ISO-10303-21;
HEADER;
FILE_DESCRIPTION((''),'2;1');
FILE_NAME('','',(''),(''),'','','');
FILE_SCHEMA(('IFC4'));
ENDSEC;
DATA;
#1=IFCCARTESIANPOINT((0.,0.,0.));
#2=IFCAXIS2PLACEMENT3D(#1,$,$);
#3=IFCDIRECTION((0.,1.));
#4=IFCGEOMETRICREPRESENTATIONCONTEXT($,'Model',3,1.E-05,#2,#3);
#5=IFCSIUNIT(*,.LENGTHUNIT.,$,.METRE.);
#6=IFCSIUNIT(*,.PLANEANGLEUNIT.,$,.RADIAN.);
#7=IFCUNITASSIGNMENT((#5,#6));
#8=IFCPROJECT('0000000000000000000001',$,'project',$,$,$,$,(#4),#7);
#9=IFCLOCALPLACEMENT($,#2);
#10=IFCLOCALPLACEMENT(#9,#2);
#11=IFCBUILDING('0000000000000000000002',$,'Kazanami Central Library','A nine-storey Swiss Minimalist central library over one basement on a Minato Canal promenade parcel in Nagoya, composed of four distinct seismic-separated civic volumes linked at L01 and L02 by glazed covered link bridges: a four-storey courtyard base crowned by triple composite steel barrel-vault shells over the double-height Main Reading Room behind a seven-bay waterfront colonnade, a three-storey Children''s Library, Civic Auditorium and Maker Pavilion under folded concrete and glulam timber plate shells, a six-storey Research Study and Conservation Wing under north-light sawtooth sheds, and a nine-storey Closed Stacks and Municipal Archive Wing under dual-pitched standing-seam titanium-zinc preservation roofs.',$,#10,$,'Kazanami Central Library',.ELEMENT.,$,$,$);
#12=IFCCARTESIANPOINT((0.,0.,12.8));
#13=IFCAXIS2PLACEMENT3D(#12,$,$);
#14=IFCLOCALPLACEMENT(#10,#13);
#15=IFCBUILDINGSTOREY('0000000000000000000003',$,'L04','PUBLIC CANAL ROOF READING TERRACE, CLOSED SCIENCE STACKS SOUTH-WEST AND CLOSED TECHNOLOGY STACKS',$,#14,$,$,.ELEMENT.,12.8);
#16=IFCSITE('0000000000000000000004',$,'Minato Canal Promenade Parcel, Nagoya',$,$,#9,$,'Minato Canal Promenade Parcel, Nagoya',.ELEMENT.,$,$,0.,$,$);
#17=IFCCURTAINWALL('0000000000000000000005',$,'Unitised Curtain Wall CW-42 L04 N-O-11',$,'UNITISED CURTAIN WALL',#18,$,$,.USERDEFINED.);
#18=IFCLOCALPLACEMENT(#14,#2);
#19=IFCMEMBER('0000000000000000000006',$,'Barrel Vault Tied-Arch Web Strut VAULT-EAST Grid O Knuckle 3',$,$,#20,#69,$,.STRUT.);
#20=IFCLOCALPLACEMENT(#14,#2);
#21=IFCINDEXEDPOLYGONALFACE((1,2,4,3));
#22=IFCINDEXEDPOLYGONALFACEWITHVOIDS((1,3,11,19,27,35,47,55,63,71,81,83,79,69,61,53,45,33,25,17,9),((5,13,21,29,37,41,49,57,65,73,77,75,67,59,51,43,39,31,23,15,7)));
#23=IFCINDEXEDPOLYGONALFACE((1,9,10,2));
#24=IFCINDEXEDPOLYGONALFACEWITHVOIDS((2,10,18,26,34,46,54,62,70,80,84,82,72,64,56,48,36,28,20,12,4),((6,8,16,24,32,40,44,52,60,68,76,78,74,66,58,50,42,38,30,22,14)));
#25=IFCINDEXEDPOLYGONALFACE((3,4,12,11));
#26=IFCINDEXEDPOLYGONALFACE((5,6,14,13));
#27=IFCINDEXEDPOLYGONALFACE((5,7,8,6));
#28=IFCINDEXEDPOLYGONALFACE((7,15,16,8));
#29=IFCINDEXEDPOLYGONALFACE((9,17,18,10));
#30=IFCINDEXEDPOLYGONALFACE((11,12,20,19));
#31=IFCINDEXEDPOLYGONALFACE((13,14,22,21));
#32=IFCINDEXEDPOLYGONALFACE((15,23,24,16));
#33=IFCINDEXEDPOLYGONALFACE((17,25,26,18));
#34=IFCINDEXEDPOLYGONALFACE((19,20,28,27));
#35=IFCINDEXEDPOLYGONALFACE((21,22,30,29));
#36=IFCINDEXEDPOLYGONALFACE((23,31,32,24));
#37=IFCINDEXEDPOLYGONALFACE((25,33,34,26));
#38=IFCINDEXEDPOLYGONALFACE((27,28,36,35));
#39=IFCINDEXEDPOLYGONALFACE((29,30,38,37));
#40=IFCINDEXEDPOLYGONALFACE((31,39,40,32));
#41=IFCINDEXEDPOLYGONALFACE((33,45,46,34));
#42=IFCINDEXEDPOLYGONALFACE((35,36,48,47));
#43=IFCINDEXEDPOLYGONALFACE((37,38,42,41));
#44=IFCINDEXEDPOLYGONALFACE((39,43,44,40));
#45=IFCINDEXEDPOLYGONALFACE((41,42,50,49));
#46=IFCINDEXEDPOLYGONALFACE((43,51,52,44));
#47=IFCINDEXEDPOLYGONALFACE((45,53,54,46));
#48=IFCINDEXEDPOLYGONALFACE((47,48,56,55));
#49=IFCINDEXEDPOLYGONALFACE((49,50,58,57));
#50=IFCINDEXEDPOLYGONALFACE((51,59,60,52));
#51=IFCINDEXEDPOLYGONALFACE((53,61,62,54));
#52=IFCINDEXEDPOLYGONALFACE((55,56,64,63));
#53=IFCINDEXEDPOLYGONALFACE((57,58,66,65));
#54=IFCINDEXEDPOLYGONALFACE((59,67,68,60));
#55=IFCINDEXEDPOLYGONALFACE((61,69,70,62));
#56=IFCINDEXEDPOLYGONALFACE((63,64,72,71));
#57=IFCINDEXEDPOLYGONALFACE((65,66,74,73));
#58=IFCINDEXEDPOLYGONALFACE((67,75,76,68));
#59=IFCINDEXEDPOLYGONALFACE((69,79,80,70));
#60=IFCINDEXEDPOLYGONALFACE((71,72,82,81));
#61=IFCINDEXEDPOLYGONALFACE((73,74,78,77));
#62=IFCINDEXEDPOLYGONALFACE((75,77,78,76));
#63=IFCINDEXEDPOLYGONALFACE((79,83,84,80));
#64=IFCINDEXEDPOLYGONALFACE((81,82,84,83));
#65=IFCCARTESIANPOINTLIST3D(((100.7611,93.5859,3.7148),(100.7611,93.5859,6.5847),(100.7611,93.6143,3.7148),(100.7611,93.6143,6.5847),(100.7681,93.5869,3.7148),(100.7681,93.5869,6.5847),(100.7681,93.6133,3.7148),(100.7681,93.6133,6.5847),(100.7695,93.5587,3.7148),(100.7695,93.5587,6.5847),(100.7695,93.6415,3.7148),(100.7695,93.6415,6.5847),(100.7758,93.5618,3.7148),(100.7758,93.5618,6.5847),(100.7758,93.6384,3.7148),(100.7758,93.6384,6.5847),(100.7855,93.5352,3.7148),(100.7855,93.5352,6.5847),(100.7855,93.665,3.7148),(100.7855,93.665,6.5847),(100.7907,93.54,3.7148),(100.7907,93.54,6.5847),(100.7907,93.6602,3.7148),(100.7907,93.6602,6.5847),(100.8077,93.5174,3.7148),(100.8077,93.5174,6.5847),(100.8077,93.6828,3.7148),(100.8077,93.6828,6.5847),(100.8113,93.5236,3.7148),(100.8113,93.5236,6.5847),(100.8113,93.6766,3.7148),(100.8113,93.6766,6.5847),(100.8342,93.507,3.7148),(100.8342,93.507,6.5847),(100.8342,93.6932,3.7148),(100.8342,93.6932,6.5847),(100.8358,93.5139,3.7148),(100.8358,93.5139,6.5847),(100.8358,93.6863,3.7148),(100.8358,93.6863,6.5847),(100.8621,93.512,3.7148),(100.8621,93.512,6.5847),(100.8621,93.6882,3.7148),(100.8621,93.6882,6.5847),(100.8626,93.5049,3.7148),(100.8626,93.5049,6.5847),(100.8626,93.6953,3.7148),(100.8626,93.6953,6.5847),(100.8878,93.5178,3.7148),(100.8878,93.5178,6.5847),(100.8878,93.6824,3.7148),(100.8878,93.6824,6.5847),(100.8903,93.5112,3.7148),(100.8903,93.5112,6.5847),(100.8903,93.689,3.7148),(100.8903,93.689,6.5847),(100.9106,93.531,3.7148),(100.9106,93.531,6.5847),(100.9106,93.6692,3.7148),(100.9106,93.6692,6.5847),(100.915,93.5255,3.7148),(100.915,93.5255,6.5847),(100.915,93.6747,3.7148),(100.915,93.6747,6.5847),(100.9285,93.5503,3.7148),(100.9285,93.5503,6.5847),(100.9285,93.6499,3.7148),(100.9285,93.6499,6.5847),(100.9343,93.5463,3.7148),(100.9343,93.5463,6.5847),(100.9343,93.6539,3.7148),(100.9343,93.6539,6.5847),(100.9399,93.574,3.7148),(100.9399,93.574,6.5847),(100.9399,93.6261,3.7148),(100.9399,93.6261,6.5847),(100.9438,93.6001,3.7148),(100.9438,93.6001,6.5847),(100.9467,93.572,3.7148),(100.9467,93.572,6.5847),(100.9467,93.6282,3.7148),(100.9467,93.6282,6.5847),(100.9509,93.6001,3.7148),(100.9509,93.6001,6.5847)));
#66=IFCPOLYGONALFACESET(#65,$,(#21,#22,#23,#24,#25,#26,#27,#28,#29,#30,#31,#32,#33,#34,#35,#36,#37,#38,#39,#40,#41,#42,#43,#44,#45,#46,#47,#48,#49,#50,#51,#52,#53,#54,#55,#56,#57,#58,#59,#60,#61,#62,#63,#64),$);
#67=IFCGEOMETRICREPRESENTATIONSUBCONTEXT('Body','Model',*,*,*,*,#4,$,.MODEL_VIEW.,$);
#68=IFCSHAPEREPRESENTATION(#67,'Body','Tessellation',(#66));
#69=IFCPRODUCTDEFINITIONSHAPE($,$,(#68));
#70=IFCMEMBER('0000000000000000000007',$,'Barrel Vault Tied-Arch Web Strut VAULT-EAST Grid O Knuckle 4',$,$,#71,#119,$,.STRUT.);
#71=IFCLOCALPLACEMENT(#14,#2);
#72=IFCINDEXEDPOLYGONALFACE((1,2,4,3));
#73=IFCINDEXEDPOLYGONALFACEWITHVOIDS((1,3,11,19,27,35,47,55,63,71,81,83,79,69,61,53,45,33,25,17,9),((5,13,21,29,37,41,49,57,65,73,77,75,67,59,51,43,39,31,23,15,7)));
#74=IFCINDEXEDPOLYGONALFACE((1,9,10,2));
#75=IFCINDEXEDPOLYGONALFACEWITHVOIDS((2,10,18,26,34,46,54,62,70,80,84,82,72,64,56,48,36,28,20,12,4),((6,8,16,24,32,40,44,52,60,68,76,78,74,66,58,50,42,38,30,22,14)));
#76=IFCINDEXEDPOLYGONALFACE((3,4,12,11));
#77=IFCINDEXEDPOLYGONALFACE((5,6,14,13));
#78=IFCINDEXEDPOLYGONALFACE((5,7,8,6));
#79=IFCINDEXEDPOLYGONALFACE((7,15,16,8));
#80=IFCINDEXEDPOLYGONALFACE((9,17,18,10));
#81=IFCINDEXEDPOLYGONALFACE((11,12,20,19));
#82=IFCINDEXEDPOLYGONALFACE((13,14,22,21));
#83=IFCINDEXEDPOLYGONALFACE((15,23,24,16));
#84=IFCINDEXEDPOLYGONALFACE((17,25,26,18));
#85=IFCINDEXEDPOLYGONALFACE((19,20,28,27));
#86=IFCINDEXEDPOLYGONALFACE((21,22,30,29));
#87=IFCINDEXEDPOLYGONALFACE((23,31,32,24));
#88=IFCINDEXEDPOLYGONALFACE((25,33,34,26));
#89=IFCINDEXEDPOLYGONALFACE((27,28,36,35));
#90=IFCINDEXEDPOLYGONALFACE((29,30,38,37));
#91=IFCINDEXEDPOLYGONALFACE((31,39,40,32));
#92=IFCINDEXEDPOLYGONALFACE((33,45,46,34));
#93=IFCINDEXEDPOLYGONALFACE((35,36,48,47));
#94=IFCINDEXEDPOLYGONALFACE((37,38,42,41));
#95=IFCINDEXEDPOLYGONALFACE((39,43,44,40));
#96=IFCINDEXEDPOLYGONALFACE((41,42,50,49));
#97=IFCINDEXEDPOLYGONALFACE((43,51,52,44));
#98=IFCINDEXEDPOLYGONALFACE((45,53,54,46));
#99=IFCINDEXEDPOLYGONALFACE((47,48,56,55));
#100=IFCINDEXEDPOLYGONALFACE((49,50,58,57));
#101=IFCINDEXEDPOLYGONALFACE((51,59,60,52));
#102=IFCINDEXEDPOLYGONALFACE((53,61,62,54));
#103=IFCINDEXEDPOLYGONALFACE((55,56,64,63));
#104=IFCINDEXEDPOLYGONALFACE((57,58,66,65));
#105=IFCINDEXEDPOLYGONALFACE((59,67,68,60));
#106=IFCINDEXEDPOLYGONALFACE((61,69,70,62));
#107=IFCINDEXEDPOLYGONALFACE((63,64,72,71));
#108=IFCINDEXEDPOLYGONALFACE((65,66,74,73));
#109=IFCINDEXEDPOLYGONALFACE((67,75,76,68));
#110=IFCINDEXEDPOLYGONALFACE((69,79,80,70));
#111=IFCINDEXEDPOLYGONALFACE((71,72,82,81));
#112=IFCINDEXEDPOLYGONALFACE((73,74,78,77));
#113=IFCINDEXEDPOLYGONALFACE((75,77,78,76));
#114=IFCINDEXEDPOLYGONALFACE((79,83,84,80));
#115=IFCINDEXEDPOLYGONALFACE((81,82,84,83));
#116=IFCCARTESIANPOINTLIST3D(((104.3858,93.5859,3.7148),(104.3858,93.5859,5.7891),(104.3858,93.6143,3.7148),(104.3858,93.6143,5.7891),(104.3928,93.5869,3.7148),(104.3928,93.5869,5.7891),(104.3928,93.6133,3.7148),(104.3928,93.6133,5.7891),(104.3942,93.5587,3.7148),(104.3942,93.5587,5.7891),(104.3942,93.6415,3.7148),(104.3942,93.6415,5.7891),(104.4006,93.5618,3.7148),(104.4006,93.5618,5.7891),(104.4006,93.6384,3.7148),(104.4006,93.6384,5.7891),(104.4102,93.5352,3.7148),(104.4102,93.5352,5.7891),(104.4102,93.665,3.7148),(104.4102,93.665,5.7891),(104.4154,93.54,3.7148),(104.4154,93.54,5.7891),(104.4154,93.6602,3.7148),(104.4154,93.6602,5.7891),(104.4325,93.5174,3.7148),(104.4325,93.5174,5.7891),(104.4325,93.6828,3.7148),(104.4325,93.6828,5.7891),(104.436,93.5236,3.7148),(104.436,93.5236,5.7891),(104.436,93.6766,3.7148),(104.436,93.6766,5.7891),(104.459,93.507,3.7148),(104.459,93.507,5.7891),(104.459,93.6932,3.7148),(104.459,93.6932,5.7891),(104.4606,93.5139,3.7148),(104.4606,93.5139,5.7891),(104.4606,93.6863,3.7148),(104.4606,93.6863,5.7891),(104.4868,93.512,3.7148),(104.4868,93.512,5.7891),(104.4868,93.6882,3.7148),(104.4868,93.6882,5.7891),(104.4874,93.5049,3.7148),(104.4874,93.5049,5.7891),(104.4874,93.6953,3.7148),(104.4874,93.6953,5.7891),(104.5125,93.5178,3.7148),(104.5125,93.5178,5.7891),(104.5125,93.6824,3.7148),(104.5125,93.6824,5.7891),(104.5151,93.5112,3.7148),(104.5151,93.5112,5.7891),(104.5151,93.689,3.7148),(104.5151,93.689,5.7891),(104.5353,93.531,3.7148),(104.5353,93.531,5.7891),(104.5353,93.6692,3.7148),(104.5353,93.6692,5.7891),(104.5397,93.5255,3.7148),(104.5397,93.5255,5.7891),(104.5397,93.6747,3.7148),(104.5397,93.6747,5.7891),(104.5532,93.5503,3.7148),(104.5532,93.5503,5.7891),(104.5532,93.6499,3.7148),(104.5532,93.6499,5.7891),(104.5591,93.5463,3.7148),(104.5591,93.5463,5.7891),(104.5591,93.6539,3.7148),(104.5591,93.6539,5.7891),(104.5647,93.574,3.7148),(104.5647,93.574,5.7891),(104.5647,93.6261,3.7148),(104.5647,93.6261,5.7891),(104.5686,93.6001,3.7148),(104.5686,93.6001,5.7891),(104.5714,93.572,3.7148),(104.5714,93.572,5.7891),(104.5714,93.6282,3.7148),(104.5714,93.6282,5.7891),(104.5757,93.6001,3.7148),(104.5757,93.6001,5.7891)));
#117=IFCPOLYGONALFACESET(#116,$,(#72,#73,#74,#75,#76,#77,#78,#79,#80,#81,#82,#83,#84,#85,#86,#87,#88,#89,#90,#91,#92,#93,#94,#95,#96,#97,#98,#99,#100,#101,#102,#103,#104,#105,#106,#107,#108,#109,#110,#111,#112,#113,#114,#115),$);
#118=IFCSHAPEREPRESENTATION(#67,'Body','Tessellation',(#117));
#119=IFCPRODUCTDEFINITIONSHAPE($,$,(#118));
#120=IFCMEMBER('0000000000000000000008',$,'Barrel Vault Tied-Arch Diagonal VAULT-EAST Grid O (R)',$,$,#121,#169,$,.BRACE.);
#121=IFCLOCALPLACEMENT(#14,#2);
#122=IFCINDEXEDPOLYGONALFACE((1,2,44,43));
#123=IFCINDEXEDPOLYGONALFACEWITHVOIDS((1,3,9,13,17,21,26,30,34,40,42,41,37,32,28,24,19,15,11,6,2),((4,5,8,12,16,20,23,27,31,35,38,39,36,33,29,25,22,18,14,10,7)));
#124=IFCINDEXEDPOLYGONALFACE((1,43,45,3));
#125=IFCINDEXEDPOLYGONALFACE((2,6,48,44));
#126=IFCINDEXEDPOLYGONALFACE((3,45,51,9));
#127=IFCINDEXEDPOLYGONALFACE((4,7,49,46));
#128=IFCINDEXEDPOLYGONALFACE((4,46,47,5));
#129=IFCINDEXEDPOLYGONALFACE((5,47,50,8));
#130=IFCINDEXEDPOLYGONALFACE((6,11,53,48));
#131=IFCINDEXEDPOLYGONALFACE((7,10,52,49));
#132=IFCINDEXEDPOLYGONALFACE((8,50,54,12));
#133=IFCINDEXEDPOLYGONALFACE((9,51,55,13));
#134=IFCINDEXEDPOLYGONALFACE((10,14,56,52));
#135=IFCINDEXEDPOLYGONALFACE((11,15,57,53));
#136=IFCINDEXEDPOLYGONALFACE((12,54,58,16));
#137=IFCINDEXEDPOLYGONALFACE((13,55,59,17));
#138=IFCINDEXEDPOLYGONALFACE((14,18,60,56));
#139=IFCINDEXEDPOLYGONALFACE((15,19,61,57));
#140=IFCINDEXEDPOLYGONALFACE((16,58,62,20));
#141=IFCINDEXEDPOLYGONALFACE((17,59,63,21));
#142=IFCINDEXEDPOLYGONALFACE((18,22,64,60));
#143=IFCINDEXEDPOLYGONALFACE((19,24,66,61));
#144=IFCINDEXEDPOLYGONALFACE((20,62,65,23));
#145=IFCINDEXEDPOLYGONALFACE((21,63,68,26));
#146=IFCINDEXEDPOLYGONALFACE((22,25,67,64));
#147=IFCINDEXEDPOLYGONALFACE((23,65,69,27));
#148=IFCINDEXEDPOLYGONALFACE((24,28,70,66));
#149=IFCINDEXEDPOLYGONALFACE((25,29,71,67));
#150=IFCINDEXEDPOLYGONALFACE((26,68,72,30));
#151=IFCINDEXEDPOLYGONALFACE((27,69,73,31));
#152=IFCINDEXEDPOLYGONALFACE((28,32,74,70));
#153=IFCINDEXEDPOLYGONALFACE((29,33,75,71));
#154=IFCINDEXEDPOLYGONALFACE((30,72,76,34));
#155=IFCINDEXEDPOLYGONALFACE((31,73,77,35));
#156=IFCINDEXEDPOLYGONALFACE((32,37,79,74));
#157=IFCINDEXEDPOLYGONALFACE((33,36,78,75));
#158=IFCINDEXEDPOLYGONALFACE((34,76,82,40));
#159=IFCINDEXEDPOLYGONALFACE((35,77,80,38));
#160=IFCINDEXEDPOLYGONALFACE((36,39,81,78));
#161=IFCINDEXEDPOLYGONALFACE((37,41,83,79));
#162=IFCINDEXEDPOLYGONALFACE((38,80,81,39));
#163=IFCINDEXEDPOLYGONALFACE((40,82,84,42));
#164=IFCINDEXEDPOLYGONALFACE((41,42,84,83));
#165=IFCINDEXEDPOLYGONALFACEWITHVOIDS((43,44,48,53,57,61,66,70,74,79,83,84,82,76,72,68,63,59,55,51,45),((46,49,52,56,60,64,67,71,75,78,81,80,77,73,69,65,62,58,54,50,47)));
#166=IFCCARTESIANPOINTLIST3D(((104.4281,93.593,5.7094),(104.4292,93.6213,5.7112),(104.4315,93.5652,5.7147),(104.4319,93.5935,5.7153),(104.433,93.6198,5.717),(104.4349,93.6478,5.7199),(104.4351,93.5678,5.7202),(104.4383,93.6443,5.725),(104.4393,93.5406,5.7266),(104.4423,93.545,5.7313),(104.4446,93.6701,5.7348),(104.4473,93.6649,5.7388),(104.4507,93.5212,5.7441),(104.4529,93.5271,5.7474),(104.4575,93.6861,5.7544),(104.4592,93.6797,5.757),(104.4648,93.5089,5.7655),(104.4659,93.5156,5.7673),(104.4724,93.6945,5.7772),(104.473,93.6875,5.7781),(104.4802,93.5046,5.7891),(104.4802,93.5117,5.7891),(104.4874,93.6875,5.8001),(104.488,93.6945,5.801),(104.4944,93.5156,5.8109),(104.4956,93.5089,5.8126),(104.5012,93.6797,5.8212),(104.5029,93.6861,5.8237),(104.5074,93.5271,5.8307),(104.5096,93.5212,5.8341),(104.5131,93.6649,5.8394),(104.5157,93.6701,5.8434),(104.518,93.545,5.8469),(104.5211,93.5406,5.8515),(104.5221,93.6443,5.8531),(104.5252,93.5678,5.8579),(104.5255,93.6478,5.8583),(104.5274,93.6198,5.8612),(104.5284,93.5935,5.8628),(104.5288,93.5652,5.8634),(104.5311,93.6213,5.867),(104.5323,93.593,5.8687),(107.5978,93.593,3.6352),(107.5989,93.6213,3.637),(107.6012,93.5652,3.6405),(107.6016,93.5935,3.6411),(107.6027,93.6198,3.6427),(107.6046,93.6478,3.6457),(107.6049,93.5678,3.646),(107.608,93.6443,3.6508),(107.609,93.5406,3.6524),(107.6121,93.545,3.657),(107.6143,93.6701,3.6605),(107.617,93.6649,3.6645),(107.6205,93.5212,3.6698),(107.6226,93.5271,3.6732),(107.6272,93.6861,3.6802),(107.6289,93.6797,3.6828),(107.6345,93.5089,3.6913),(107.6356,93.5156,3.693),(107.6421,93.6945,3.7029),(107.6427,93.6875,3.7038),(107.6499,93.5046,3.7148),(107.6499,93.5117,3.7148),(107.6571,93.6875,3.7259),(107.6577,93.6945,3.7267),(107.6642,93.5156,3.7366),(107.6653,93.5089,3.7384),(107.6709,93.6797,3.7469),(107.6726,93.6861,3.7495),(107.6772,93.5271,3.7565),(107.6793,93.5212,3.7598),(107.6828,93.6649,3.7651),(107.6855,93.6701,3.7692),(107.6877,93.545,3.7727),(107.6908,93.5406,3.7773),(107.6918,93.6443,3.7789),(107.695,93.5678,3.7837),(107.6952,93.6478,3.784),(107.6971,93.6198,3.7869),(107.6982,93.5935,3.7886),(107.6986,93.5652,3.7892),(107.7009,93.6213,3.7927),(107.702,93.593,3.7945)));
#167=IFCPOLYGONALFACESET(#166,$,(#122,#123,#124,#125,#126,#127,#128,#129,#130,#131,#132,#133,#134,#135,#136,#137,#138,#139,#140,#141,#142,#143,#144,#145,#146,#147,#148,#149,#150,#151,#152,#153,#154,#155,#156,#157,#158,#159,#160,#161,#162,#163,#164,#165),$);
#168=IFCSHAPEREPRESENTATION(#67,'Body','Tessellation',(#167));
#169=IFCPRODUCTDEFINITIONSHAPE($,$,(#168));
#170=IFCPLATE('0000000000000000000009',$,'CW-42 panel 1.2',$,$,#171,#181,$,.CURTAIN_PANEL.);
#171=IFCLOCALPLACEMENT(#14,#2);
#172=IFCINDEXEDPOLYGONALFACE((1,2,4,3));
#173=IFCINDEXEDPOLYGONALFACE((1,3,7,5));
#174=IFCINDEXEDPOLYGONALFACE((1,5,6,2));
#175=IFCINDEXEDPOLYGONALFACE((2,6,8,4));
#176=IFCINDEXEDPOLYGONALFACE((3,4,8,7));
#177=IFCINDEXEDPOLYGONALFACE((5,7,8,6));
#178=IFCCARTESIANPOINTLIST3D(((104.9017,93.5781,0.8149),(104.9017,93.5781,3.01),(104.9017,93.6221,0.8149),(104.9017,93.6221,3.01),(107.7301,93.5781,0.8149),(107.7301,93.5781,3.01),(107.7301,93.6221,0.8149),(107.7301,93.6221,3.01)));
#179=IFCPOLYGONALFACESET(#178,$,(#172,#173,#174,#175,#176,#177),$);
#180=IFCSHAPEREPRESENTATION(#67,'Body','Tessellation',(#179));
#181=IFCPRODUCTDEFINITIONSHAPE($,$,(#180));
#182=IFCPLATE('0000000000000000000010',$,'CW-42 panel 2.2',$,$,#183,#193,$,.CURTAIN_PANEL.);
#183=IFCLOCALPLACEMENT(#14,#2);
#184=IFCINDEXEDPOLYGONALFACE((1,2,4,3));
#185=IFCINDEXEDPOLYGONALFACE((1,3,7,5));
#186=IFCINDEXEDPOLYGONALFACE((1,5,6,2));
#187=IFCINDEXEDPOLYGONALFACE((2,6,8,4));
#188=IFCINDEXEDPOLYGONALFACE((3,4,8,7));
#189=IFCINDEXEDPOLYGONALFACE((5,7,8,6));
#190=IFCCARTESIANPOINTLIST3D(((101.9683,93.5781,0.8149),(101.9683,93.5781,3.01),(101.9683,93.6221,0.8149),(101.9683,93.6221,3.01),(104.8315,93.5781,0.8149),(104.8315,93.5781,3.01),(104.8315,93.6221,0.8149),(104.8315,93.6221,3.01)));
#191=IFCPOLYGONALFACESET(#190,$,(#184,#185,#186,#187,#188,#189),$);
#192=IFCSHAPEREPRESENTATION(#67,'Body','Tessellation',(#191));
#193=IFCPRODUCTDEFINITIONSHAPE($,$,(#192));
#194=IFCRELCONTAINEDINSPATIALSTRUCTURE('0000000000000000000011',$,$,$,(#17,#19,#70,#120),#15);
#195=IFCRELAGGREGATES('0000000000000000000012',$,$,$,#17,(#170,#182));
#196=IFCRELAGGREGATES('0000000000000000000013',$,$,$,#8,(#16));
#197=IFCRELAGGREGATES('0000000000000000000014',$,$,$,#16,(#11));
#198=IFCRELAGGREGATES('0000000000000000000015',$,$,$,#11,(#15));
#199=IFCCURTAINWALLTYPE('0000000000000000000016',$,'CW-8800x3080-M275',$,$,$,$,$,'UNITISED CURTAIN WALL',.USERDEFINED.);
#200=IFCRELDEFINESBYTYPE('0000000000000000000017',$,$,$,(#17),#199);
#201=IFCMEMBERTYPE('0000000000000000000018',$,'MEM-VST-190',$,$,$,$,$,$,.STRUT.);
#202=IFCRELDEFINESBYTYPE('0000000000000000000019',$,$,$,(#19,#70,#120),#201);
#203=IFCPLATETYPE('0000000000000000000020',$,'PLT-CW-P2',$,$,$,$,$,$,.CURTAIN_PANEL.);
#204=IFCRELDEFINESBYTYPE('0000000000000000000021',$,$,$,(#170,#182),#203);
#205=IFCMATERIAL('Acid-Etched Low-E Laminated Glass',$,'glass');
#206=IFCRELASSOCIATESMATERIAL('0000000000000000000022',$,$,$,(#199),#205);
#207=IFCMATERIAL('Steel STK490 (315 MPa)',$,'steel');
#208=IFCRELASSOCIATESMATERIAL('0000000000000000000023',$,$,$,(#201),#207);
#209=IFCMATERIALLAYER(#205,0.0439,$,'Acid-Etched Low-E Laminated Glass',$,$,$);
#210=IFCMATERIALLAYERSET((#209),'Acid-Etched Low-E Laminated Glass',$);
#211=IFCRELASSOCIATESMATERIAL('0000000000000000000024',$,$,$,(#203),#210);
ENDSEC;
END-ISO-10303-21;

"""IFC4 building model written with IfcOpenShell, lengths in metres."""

from ifc_helpers import new_model, si_unit, direction, frame, origin, origin_2d, place, context, subcontext, project, spatial, rectangle, hollow_circle, extrude, material, layer, layer_set, material_profile, profile_set, type_object, element, aggregate, save


model = new_model("IFC4")

# Units and contexts
model_context = context("Model", 3, precision=1e-05, world=origin(), true_north=direction((0.0, 1.0)))
body_context = subcontext(model_context, "Body", "Model", "MODEL_VIEW")
ifc_project = project(units=[si_unit("LENGTHUNIT", "METRE"), si_unit("PLANEANGLEUNIT", "RADIAN")], contexts=[model_context])

# Site, building, storey
site_placement = place(None, origin())
site = spatial("IfcSite", under=ifc_project, at=site_placement, Name="Minato Canal Promenade Parcel, Nagoya", LongName="Minato Canal Promenade Parcel, Nagoya", CompositionType="ELEMENT", RefElevation=0.0)
building_placement = place(site_placement, origin())
building = spatial("IfcBuilding", under=site, at=building_placement, Name="Kazanami Central Library", Description="A nine-storey Swiss Minimalist central library over one basement on a Minato Canal promenade parcel in Nagoya, composed of four distinct seismic-separated civic volumes linked at L01 and L02 by glazed covered link bridges: a four-storey courtyard base crowned by triple composite steel barrel-vault shells over the double-height Main Reading Room behind a seven-bay waterfront colonnade, a three-storey Children's Library, Civic Auditorium and Maker Pavilion under folded concrete and glulam timber plate shells, a six-storey Research Study and Conservation Wing under north-light sawtooth sheds, and a nine-storey Closed Stacks and Municipal Archive Wing under dual-pitched standing-seam titanium-zinc preservation roofs.", LongName="Kazanami Central Library", CompositionType="ELEMENT")
storey_placement = place(building_placement, frame((0.0, 0.0, 12.8)))
storey = spatial("IfcBuildingStorey", under=building, at=storey_placement, Name="L04", Description="PUBLIC CANAL ROOF READING TERRACE, CLOSED SCIENCE STACKS SOUTH-WEST AND CLOSED TECHNOLOGY STACKS", CompositionType="ELEMENT", Elevation=12.8)

# Curtain wall
ifc_material_1 = material(Name="Acid-Etched Low-E Laminated Glass", Category="glass")
curtain_wall_type_1 = type_object("IfcCurtainWallType", Name="CW-8800x3080-M275", ElementType="UNITISED CURTAIN WALL", PredefinedType="USERDEFINED", material=ifc_material_1)
curtain_wall_1_placement = place(storey_placement, origin())
curtain_wall_1 = element("IfcCurtainWall", 1, at=curtain_wall_1_placement, inside=storey, type_object=curtain_wall_type_1, Name="Unitised Curtain Wall CW-42 L04 N-O-11", ObjectType="UNITISED CURTAIN WALL", PredefinedType="USERDEFINED")

# Members
ifc_material_2 = material(Name="Steel STK490 (315 MPa)", Category="steel")
ifc_material_profile_1 = material_profile(ifc_material_2, hollow_circle(Radius=0.0955, WallThickness=0.0071, at=origin_2d()), Name="CHS-190.7x7.0")
ifc_profile_set_1 = profile_set([ifc_material_profile_1], Name="Steel STK490 (315 MPa)")
member_type_1 = type_object("IfcMemberType", Name="MEM-VST-190", PredefinedType="STRUT", material=ifc_profile_set_1)
member_1_placement = place(storey_placement, frame((100.8555, 93.6001, 3.7148), z_axis=(0.0, 0.0, 1.0), x_axis=(1.0, 0.0, 0.0)))
element("IfcMember", 2, at=member_1_placement, inside=storey, type_object=member_type_1, Name="Barrel Vault Tied-Arch Web Strut VAULT-EAST Grid O Knuckle 3", PredefinedType="STRUT", context=body_context, shape_type="SweptSolid", body=[
    extrude(hollow_circle(Radius=0.0955, WallThickness=0.0071, at=origin_2d()), origin(), (0.0, 0.0, 1.0), 2.8699),
])
member_2_placement = place(storey_placement, frame((104.4802, 93.6001, 3.7148), z_axis=(0.0, 0.0, 1.0), x_axis=(1.0, 0.0, 0.0)))
element("IfcMember", 3, at=member_2_placement, inside=storey, type_object=member_type_1, Name="Barrel Vault Tied-Arch Web Strut VAULT-EAST Grid O Knuckle 4", PredefinedType="STRUT", context=body_context, shape_type="SweptSolid", body=[
    extrude(hollow_circle(Radius=0.0955, WallThickness=0.0071, at=origin_2d()), origin(), (0.0, 0.0, 1.0), 2.0742),
])
member_3_placement = place(storey_placement, frame((107.6499, 93.6001, 3.7148), z_axis=(-0.83676, 0.0, 0.547571), x_axis=(0.0, -1.0, 0.0)))
element("IfcMember", 4, at=member_3_placement, inside=storey, type_object=member_type_1, Name="Barrel Vault Tied-Arch Diagonal VAULT-EAST Grid O (R)", PredefinedType="BRACE", context=body_context, shape_type="SweptSolid", body=[
    extrude(hollow_circle(Radius=0.0955, WallThickness=0.0071, at=origin_2d()), origin(), (0.0, 0.0, 1.0), 3.7881),
])

# Plates
ifc_layer_1 = layer(ifc_material_1, 0.0439, Name="Acid-Etched Low-E Laminated Glass")
ifc_layer_set_1 = layer_set([ifc_layer_1], Name="Acid-Etched Low-E Laminated Glass")
plate_type_1 = type_object("IfcPlateType", Name="PLT-CW-P2", PredefinedType="CURTAIN_PANEL", material=ifc_layer_set_1)
plate_1_placement = place(storey_placement, frame((106.3159, 93.6001, 0.8149), z_axis=(0.0, 0.0, 1.0), x_axis=(-1.0, 0.0, 0.0)))
plate_1 = element("IfcPlate", 5, at=plate_1_placement, type_object=plate_type_1, Name="CW-42 panel 1.2", PredefinedType="CURTAIN_PANEL", context=body_context, shape_type="SweptSolid", body=[
    extrude(rectangle(XDim=2.8284, YDim=0.0439, at=origin_2d()), origin(), (0.0, 0.0, 1.0), 2.1951),
])
plate_2_placement = place(storey_placement, frame((103.3999, 93.6001, 0.8149), z_axis=(0.0, 0.0, 1.0), x_axis=(-1.0, 0.0, 0.0)))
plate_2 = element("IfcPlate", 6, at=plate_2_placement, type_object=plate_type_1, Name="CW-42 panel 2.2", PredefinedType="CURTAIN_PANEL", context=body_context, shape_type="SweptSolid", body=[
    extrude(rectangle(XDim=2.8633, YDim=0.0439, at=origin_2d()), origin(), (0.0, 0.0, 1.0), 2.1951),
])
aggregate(curtain_wall_1, [plate_1, plate_2])

save(model, "model.ifc")
